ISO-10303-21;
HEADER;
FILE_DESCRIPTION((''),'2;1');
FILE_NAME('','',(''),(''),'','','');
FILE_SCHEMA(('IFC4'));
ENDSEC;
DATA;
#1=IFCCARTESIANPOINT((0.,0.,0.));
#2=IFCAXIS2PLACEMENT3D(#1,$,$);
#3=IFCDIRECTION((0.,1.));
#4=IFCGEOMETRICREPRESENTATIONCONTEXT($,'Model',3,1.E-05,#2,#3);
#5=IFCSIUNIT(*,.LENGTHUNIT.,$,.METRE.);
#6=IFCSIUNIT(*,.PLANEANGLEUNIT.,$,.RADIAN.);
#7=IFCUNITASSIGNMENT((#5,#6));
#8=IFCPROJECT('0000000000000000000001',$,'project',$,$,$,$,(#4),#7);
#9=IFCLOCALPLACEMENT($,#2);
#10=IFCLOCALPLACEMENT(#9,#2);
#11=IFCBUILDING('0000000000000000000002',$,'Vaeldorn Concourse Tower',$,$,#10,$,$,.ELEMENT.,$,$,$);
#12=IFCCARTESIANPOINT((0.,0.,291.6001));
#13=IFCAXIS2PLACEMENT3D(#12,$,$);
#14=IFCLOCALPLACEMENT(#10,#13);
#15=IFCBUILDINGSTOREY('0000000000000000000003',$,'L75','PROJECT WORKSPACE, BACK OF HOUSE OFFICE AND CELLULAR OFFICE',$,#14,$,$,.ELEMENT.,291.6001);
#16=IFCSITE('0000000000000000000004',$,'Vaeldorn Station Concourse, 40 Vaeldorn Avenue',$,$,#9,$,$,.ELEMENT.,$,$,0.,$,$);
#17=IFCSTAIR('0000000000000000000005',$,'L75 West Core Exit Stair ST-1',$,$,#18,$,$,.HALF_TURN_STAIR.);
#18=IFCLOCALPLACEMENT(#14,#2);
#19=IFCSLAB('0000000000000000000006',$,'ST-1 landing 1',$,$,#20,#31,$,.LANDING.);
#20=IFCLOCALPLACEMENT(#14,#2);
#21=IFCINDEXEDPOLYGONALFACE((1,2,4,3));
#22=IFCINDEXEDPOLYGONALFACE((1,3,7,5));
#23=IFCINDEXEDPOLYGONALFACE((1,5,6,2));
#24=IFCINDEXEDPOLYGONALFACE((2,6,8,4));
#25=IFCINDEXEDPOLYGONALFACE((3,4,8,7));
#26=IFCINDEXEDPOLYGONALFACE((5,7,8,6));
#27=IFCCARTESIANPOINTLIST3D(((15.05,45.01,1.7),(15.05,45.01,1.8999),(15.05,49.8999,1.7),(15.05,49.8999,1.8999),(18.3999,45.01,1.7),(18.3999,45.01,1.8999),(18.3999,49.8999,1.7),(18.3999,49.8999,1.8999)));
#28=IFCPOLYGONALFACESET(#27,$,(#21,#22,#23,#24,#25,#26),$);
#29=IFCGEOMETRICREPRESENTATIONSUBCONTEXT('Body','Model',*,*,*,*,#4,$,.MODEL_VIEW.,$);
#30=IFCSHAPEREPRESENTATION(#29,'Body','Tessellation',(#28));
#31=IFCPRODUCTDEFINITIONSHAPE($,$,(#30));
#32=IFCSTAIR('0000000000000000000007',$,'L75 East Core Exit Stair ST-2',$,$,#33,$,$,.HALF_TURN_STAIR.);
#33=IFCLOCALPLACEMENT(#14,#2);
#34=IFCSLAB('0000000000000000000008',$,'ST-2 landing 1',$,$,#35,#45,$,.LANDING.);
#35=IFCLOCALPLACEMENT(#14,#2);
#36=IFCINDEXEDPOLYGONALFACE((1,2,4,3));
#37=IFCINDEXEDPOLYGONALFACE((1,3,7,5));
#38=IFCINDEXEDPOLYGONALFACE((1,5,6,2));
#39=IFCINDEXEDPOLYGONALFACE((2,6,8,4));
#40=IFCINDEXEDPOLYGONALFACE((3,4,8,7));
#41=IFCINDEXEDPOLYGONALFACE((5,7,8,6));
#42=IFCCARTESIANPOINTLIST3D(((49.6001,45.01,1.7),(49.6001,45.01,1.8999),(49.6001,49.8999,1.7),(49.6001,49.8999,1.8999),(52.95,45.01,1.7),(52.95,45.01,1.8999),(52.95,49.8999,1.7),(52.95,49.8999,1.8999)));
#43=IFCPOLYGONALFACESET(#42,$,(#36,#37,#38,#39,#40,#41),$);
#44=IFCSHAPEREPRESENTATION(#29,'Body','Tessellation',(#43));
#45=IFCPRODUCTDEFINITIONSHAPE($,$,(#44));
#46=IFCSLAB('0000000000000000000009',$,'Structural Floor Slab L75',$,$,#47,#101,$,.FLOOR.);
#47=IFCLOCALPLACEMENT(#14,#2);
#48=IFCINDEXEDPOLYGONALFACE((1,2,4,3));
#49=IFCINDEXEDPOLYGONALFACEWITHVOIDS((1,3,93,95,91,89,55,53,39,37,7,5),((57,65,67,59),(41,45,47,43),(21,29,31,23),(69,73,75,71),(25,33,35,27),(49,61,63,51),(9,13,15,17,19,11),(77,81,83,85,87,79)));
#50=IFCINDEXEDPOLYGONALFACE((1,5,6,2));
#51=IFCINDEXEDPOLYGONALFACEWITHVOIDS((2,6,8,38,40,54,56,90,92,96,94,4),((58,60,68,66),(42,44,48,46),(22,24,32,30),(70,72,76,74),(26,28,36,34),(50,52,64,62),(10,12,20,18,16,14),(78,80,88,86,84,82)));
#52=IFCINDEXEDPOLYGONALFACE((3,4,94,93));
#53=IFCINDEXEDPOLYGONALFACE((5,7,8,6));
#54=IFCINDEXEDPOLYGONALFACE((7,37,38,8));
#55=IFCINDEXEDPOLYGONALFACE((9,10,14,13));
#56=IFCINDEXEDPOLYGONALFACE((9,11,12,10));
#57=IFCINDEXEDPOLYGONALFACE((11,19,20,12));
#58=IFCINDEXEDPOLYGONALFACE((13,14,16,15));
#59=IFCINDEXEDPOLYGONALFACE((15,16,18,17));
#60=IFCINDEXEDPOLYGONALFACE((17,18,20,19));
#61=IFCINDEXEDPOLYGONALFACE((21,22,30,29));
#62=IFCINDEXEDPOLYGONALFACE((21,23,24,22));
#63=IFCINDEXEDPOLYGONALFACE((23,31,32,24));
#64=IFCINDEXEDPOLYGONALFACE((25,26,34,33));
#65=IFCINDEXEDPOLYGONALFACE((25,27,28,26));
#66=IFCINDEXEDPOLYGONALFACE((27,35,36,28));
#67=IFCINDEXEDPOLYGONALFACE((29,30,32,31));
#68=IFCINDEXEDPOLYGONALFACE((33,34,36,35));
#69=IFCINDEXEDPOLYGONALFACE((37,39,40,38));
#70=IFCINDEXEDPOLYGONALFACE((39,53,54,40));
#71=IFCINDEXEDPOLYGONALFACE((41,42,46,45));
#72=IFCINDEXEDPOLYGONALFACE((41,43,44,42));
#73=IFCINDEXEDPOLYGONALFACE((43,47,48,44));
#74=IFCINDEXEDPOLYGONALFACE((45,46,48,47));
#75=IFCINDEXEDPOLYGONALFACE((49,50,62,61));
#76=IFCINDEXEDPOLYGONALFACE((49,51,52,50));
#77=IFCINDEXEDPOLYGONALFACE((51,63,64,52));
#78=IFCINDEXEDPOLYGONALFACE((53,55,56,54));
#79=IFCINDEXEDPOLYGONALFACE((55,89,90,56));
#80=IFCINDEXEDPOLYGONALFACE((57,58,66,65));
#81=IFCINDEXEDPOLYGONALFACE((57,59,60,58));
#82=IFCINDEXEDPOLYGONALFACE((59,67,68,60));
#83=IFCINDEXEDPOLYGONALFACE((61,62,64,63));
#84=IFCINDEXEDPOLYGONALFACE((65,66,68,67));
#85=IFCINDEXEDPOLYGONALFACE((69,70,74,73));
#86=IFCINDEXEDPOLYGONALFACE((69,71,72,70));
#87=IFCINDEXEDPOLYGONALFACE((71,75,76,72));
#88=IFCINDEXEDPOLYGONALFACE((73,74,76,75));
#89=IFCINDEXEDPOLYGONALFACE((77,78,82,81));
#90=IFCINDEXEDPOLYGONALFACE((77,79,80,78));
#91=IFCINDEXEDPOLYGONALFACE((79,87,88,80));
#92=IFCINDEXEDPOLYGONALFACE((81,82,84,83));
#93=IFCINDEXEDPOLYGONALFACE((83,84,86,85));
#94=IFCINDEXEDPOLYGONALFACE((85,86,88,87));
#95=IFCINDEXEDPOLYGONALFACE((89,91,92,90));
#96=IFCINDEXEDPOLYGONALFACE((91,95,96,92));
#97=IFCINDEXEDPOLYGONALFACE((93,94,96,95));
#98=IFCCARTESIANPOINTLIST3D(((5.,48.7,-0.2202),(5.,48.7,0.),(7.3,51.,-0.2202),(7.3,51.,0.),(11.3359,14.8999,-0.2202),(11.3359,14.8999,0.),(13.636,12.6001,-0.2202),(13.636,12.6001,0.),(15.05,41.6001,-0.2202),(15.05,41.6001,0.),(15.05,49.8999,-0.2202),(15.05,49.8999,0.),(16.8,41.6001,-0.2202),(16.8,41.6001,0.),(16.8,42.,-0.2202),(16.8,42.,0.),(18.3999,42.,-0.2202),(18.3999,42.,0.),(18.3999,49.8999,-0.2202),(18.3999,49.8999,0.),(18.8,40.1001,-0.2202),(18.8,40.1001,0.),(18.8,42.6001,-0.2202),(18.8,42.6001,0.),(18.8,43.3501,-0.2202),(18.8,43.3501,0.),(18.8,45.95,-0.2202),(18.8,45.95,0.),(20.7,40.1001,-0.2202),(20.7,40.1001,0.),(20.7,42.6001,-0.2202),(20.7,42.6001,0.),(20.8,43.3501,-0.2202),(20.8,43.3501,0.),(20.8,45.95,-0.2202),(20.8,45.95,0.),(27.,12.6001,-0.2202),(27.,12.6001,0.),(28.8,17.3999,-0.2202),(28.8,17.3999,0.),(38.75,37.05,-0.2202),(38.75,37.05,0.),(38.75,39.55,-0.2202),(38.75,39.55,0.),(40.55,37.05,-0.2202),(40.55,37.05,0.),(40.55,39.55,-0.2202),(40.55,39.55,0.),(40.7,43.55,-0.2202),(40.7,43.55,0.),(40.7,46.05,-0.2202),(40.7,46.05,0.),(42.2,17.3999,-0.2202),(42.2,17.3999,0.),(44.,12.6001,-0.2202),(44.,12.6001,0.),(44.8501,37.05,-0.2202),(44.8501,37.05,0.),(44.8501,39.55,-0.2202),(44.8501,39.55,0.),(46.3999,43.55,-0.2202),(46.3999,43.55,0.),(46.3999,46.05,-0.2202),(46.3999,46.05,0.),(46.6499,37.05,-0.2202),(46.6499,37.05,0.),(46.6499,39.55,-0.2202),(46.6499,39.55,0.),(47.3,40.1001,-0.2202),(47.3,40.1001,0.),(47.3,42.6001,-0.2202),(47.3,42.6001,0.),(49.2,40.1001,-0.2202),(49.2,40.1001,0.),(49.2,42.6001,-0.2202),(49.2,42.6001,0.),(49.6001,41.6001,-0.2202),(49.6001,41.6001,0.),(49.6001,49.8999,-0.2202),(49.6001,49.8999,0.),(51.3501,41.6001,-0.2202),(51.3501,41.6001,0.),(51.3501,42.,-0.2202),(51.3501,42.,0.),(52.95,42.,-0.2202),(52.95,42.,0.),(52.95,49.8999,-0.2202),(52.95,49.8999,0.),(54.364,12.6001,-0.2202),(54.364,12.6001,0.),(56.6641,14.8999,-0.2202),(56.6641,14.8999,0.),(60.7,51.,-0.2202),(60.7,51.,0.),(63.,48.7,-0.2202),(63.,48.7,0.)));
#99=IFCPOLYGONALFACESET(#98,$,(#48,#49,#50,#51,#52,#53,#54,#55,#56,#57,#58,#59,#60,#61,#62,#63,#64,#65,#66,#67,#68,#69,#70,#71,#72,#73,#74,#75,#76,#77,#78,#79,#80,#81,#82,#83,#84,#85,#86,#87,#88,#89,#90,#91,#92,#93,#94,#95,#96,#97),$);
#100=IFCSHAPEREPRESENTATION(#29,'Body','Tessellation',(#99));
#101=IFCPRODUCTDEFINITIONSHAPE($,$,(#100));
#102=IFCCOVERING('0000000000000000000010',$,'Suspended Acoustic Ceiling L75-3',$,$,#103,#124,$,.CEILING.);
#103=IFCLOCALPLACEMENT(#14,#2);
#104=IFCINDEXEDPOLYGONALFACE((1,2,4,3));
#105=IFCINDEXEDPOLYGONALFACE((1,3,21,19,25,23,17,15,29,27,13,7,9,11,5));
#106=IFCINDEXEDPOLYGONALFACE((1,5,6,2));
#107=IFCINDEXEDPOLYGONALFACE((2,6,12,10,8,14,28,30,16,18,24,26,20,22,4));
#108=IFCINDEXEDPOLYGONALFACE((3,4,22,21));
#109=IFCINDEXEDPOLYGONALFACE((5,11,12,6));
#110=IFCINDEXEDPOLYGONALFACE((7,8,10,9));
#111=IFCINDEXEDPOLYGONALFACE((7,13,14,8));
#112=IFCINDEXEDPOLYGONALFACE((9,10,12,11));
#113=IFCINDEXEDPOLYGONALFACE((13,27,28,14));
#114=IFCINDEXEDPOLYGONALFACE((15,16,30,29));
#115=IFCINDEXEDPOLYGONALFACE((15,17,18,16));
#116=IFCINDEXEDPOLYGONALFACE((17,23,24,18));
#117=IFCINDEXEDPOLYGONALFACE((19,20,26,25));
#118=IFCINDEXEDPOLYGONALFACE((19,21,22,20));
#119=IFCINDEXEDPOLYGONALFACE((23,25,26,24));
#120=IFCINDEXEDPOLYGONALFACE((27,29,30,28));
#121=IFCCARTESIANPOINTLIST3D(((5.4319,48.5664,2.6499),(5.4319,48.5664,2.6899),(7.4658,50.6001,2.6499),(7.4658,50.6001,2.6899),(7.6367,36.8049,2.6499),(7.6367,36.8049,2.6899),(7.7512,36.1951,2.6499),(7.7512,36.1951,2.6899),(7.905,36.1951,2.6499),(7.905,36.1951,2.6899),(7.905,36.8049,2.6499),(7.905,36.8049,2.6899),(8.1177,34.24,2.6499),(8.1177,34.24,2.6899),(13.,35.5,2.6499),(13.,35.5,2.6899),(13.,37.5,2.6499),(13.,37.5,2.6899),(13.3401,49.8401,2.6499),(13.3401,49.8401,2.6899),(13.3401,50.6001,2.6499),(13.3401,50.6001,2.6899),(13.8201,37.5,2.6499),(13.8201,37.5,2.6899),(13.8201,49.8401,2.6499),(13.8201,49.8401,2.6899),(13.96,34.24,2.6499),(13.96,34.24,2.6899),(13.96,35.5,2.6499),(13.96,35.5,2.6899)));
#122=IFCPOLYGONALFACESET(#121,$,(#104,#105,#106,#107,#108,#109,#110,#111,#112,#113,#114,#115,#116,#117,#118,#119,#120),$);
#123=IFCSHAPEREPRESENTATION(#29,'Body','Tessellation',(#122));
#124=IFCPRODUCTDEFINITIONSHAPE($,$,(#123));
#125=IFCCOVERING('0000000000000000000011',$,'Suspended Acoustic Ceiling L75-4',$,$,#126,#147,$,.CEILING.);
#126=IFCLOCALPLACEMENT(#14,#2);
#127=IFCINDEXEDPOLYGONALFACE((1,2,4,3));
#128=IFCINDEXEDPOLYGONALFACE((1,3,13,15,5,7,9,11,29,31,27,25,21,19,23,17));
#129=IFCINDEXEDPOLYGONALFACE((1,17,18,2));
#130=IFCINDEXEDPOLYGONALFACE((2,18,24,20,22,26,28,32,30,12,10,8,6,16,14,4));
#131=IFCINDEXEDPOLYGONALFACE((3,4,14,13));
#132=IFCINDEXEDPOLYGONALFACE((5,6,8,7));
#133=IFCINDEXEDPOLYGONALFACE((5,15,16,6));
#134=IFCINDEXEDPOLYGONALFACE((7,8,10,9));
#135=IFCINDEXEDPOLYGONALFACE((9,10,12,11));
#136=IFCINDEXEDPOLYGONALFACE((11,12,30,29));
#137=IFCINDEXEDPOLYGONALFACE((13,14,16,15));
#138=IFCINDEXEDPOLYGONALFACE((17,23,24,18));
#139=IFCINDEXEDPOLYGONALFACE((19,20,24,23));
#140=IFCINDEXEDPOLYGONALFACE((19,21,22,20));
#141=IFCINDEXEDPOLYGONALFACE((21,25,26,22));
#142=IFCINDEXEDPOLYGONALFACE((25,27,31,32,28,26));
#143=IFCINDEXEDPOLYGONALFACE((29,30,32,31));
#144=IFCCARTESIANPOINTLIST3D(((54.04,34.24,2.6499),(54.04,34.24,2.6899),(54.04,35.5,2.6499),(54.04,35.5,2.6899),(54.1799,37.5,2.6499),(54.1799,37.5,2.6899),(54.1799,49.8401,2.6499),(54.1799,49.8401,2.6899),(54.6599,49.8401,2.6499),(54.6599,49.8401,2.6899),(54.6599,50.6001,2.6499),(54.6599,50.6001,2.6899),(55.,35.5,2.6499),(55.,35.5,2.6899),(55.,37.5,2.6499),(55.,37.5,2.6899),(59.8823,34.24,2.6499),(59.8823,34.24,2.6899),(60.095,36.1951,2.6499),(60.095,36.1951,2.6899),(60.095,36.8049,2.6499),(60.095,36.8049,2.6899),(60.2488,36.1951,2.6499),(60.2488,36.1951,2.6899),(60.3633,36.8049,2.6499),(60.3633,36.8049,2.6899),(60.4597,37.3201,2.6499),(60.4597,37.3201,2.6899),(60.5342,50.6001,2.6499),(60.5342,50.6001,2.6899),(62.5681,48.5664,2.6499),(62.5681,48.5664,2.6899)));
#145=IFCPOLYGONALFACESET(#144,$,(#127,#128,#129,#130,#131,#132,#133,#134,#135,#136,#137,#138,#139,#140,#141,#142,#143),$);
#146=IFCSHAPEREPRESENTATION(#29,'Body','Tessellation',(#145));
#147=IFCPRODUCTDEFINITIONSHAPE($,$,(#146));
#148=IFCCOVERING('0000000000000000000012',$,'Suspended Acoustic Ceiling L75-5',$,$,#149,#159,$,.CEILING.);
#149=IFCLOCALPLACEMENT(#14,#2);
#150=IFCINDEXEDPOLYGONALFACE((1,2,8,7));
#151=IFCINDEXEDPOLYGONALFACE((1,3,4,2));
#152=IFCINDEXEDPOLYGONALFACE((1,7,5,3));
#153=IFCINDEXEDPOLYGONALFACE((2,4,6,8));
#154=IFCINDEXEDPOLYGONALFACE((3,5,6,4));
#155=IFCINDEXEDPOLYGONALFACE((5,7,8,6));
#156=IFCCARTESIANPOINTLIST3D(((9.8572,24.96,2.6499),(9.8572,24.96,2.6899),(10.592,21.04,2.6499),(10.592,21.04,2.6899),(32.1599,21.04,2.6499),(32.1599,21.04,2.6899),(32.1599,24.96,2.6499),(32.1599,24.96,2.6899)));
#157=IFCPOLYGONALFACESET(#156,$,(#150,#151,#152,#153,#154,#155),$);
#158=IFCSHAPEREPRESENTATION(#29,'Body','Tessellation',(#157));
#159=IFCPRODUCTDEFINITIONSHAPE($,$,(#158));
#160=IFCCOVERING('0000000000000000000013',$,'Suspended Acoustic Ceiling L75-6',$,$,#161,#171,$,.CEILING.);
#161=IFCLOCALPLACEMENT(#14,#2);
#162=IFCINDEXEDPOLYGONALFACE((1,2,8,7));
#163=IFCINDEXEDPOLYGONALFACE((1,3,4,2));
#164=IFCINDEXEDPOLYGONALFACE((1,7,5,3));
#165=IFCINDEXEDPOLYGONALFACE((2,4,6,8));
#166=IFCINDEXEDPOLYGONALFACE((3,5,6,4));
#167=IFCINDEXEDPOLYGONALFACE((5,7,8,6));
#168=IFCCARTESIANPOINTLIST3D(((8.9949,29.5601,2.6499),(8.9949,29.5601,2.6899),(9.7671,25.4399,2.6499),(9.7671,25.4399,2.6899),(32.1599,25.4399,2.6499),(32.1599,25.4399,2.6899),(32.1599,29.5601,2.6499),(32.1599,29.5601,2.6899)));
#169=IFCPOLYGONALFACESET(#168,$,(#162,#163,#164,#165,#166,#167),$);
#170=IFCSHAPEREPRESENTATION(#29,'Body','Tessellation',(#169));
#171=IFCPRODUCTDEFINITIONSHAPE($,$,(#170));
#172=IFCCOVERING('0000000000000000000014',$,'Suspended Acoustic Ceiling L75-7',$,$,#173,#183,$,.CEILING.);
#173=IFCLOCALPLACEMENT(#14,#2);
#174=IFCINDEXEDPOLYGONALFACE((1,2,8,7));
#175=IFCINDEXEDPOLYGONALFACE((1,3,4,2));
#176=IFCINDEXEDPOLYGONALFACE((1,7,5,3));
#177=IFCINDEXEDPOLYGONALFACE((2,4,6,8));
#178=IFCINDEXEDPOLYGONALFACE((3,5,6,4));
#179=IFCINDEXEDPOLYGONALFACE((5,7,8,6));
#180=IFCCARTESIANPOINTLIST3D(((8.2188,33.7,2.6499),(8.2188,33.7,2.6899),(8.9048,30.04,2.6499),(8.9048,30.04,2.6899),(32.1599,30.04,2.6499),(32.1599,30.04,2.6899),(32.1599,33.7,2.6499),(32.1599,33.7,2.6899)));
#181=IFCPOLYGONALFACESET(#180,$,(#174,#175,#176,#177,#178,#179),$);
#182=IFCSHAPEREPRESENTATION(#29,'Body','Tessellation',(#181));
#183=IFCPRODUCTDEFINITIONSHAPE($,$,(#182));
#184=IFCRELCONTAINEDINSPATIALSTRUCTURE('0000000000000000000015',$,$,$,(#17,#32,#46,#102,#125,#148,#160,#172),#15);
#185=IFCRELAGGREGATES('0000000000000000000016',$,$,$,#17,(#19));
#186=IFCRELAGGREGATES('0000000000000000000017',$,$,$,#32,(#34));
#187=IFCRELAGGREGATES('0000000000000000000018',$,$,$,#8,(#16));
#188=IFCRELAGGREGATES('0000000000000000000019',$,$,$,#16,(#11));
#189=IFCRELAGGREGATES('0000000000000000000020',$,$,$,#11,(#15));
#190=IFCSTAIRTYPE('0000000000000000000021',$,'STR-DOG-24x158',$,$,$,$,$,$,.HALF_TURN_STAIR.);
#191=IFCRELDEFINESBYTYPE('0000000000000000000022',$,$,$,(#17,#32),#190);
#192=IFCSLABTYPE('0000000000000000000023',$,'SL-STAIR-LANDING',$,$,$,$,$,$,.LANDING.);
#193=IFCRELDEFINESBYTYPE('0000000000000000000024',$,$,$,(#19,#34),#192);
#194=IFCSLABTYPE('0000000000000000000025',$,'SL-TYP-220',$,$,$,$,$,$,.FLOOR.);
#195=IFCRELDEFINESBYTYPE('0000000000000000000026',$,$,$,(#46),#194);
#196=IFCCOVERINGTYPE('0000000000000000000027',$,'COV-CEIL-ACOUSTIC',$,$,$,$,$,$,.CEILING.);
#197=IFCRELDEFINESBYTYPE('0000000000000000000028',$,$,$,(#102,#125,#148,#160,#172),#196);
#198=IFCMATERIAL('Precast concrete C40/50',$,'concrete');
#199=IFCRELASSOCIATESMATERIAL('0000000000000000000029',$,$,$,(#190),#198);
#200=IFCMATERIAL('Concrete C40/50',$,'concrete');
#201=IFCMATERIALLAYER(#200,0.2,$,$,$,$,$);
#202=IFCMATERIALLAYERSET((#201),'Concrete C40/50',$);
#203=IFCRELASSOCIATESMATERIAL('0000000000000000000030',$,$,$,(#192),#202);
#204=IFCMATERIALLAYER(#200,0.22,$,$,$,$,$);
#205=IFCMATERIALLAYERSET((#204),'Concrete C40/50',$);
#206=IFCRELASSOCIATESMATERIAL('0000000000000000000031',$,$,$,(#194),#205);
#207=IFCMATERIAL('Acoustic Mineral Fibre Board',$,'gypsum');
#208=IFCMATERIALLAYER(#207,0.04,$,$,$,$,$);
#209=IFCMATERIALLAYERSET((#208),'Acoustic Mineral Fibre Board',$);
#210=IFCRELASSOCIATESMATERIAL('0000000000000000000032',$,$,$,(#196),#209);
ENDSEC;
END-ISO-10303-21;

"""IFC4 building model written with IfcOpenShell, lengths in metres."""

from ifc_helpers import new_model, si_unit, direction, frame, origin, place, context, subcontext, project, spatial, polyline, outline, extrude, material, layer, layer_set, type_object, element, aggregate, save


model = new_model("IFC4")

# Units and contexts
model_context = context("Model", 3, precision=1e-05, world=origin(), true_north=direction((0.0, 1.0)))
body_context = subcontext(model_context, "Body", "Model", "MODEL_VIEW")
ifc_project = project(units=[si_unit("LENGTHUNIT", "METRE"), si_unit("PLANEANGLEUNIT", "RADIAN")], contexts=[model_context])

# Site, building, storey
site_placement = place(None, origin())
site = spatial("IfcSite", under=ifc_project, at=site_placement, Name="Vaeldorn Station Concourse, 40 Vaeldorn Avenue", CompositionType="ELEMENT", RefElevation=0.0)
building_placement = place(site_placement, origin())
building = spatial("IfcBuilding", under=site, at=building_placement, Name="Vaeldorn Concourse Tower", CompositionType="ELEMENT")
storey_placement = place(building_placement, frame((0.0, 0.0, 291.6001)))
storey = spatial("IfcBuildingStorey", under=building, at=storey_placement, Name="L75", Description="PROJECT WORKSPACE, BACK OF HOUSE OFFICE AND CELLULAR OFFICE", CompositionType="ELEMENT", Elevation=291.6001)

# Stairs, slabs
ifc_material_1 = material(Name="Precast concrete C40/50", Category="concrete")
stair_type = type_object("IfcStairType", Name="STR-DOG-24x158", PredefinedType="HALF_TURN_STAIR", material=ifc_material_1)
stair_1_placement = place(storey_placement, origin())
stair_1 = element("IfcStair", 1, at=stair_1_placement, inside=storey, type_object=stair_type, Name="L75 West Core Exit Stair ST-1", PredefinedType="HALF_TURN_STAIR")
ifc_material_2 = material(Name="Concrete C40/50", Category="concrete")
ifc_layer_1 = layer(ifc_material_2, 0.2)
ifc_layer_set_1 = layer_set([ifc_layer_1], Name="Concrete C40/50")
slab_type_1 = type_object("IfcSlabType", Name="SL-STAIR-LANDING", PredefinedType="LANDING", material=ifc_layer_set_1)
slab_1_placement = place(storey_placement, frame((0.0, 0.0, 1.7)))
slab_1 = element("IfcSlab", 2, at=slab_1_placement, type_object=slab_type_1, Name="ST-1 landing 1", PredefinedType="LANDING", context=body_context, shape_type="SweptSolid", body=[
    extrude(outline(polyline([(18.3999, 45.01), (18.3999, 49.8999), (15.05, 49.8999), (15.05, 45.01), (18.3999, 45.01)])), origin(), (0.0, 0.0, 1.0), 0.2),
])
aggregate(stair_1, [slab_1])
stair_2_placement = place(storey_placement, origin())
stair_2 = element("IfcStair", 3, at=stair_2_placement, inside=storey, type_object=stair_type, Name="L75 East Core Exit Stair ST-2", PredefinedType="HALF_TURN_STAIR")
slab_2_placement = place(storey_placement, frame((0.0, 0.0, 1.7)))
slab_2 = element("IfcSlab", 4, at=slab_2_placement, type_object=slab_type_1, Name="ST-2 landing 1", PredefinedType="LANDING", context=body_context, shape_type="SweptSolid", body=[
    extrude(outline(polyline([(52.95, 45.01), (52.95, 49.8999), (49.6001, 49.8999), (49.6001, 45.01), (52.95, 45.01)])), origin(), (0.0, 0.0, 1.0), 0.2),
])
aggregate(stair_2, [slab_2])

# Slab
ifc_layer_2 = layer(ifc_material_2, 0.22)
ifc_layer_set_2 = layer_set([ifc_layer_2], Name="Concrete C40/50")
slab_type_2 = type_object("IfcSlabType", Name="SL-TYP-220", PredefinedType="FLOOR", material=ifc_layer_set_2)
slab_3_placement = place(storey_placement, frame((0.0, 0.0, -0.2202)))
element("IfcSlab", 5, at=slab_3_placement, inside=storey, type_object=slab_type_2, Name="Structural Floor Slab L75", PredefinedType="FLOOR", context=body_context, shape_type="SweptSolid", body=[
    extrude(outline(polyline([(13.636, 12.6001), (27.0, 12.6001), (28.8, 17.3999), (42.2, 17.3999), (44.0, 12.6001), (54.364, 12.6001), (56.6641, 14.8999), (63.0, 48.7), (60.7, 51.0), (7.3, 51.0), (5.0, 48.7), (11.3359, 14.8999), (13.636, 12.6001)]), holes=[polyline([(18.3999, 42.0), (18.3999, 49.8999), (15.05, 49.8999), (15.05, 41.6001), (16.8, 41.6001), (16.8, 42.0), (18.3999, 42.0)]), polyline([(52.95, 42.0), (52.95, 49.8999), (49.6001, 49.8999), (49.6001, 41.6001), (51.3501, 41.6001), (51.3501, 42.0), (52.95, 42.0)]), polyline([(38.75, 37.05), (40.55, 37.05), (40.55, 39.55), (38.75, 39.55), (38.75, 37.05)]), polyline([(44.8501, 37.05), (46.6499, 37.05), (46.6499, 39.55), (44.8501, 39.55), (44.8501, 37.05)]), polyline([(40.7, 43.55), (46.3999, 43.55), (46.3999, 46.05), (40.7, 46.05), (40.7, 43.55)]), polyline([(18.8, 43.3501), (20.8, 43.3501), (20.8, 45.95), (18.8, 45.95), (18.8, 43.3501)]), polyline([(18.8, 40.1001), (20.7, 40.1001), (20.7, 42.6001), (18.8, 42.6001), (18.8, 40.1001)]), polyline([(47.3, 40.1001), (49.2, 40.1001), (49.2, 42.6001), (47.3, 42.6001), (47.3, 40.1001)])]), origin(), (0.0, 0.0, 1.0), 0.2202),
])

# Coverings
ifc_material_3 = material(Name="Acoustic Mineral Fibre Board", Category="gypsum")
ifc_layer_3 = layer(ifc_material_3, 0.04)
ifc_layer_set_3 = layer_set([ifc_layer_3], Name="Acoustic Mineral Fibre Board")
covering_type_1 = type_object("IfcCoveringType", Name="COV-CEIL-ACOUSTIC", PredefinedType="CEILING", material=ifc_layer_set_3)
covering_1_placement = place(storey_placement, frame((0.0, 0.0, 2.6499)))
element("IfcCovering", 6, at=covering_1_placement, inside=storey, type_object=covering_type_1, Name="Suspended Acoustic Ceiling L75-3", PredefinedType="CEILING", context=body_context, shape_type="SweptSolid", body=[
    extrude(outline(polyline([(7.4658, 50.6001), (13.3401, 50.6001), (13.3401, 49.8401), (13.8201, 49.8401), (13.8201, 37.5), (13.0, 37.5), (13.0, 35.5), (13.96, 35.5), (13.96, 34.24), (8.1177, 34.24), (7.7512, 36.1951), (7.905, 36.1951), (7.905, 36.8049), (7.6367, 36.8049), (5.4319, 48.5664), (7.4658, 50.6001)])), origin(), (0.0, 0.0, 1.0), 0.04),
])
covering_2_placement = place(storey_placement, frame((0.0, 0.0, 2.6499)))
element("IfcCovering", 7, at=covering_2_placement, inside=storey, type_object=covering_type_1, Name="Suspended Acoustic Ceiling L75-4", PredefinedType="CEILING", context=body_context, shape_type="SweptSolid", body=[
    extrude(outline(polyline([(54.1799, 49.8401), (54.6599, 49.8401), (54.6599, 50.6001), (60.5342, 50.6001), (62.5681, 48.5664), (60.4597, 37.3201), (60.4597, 37.3201), (60.3633, 36.8049), (60.095, 36.8049), (60.095, 36.1951), (60.2488, 36.1951), (59.8823, 34.24), (54.04, 34.24), (54.04, 35.5), (55.0, 35.5), (55.0, 37.5), (54.1799, 37.5), (54.1799, 49.8401)])), origin(), (0.0, 0.0, 1.0), 0.04),
])
covering_3_placement = place(storey_placement, frame((0.0, 0.0, 2.6499)))
element("IfcCovering", 8, at=covering_3_placement, inside=storey, type_object=covering_type_1, Name="Suspended Acoustic Ceiling L75-5", PredefinedType="CEILING", context=body_context, shape_type="SweptSolid", body=[
    extrude(outline(polyline([(32.1599, 24.96), (32.1599, 21.04), (10.592, 21.04), (9.8572, 24.96), (32.1599, 24.96)])), origin(), (0.0, 0.0, 1.0), 0.04),
])
covering_4_placement = place(storey_placement, frame((0.0, 0.0, 2.6499)))
element("IfcCovering", 9, at=covering_4_placement, inside=storey, type_object=covering_type_1, Name="Suspended Acoustic Ceiling L75-6", PredefinedType="CEILING", context=body_context, shape_type="SweptSolid", body=[
    extrude(outline(polyline([(32.1599, 29.5601), (32.1599, 25.4399), (9.7671, 25.4399), (8.9949, 29.5601), (32.1599, 29.5601)])), origin(), (0.0, 0.0, 1.0), 0.04),
])
covering_5_placement = place(storey_placement, frame((0.0, 0.0, 2.6499)))
element("IfcCovering", 10, at=covering_5_placement, inside=storey, type_object=covering_type_1, Name="Suspended Acoustic Ceiling L75-7", PredefinedType="CEILING", context=body_context, shape_type="SweptSolid", body=[
    extrude(outline(polyline([(32.1599, 33.7), (32.1599, 30.04), (8.9048, 30.04), (8.2188, 33.7), (32.1599, 33.7)])), origin(), (0.0, 0.0, 1.0), 0.04),
])

save(model, "model.ifc")
